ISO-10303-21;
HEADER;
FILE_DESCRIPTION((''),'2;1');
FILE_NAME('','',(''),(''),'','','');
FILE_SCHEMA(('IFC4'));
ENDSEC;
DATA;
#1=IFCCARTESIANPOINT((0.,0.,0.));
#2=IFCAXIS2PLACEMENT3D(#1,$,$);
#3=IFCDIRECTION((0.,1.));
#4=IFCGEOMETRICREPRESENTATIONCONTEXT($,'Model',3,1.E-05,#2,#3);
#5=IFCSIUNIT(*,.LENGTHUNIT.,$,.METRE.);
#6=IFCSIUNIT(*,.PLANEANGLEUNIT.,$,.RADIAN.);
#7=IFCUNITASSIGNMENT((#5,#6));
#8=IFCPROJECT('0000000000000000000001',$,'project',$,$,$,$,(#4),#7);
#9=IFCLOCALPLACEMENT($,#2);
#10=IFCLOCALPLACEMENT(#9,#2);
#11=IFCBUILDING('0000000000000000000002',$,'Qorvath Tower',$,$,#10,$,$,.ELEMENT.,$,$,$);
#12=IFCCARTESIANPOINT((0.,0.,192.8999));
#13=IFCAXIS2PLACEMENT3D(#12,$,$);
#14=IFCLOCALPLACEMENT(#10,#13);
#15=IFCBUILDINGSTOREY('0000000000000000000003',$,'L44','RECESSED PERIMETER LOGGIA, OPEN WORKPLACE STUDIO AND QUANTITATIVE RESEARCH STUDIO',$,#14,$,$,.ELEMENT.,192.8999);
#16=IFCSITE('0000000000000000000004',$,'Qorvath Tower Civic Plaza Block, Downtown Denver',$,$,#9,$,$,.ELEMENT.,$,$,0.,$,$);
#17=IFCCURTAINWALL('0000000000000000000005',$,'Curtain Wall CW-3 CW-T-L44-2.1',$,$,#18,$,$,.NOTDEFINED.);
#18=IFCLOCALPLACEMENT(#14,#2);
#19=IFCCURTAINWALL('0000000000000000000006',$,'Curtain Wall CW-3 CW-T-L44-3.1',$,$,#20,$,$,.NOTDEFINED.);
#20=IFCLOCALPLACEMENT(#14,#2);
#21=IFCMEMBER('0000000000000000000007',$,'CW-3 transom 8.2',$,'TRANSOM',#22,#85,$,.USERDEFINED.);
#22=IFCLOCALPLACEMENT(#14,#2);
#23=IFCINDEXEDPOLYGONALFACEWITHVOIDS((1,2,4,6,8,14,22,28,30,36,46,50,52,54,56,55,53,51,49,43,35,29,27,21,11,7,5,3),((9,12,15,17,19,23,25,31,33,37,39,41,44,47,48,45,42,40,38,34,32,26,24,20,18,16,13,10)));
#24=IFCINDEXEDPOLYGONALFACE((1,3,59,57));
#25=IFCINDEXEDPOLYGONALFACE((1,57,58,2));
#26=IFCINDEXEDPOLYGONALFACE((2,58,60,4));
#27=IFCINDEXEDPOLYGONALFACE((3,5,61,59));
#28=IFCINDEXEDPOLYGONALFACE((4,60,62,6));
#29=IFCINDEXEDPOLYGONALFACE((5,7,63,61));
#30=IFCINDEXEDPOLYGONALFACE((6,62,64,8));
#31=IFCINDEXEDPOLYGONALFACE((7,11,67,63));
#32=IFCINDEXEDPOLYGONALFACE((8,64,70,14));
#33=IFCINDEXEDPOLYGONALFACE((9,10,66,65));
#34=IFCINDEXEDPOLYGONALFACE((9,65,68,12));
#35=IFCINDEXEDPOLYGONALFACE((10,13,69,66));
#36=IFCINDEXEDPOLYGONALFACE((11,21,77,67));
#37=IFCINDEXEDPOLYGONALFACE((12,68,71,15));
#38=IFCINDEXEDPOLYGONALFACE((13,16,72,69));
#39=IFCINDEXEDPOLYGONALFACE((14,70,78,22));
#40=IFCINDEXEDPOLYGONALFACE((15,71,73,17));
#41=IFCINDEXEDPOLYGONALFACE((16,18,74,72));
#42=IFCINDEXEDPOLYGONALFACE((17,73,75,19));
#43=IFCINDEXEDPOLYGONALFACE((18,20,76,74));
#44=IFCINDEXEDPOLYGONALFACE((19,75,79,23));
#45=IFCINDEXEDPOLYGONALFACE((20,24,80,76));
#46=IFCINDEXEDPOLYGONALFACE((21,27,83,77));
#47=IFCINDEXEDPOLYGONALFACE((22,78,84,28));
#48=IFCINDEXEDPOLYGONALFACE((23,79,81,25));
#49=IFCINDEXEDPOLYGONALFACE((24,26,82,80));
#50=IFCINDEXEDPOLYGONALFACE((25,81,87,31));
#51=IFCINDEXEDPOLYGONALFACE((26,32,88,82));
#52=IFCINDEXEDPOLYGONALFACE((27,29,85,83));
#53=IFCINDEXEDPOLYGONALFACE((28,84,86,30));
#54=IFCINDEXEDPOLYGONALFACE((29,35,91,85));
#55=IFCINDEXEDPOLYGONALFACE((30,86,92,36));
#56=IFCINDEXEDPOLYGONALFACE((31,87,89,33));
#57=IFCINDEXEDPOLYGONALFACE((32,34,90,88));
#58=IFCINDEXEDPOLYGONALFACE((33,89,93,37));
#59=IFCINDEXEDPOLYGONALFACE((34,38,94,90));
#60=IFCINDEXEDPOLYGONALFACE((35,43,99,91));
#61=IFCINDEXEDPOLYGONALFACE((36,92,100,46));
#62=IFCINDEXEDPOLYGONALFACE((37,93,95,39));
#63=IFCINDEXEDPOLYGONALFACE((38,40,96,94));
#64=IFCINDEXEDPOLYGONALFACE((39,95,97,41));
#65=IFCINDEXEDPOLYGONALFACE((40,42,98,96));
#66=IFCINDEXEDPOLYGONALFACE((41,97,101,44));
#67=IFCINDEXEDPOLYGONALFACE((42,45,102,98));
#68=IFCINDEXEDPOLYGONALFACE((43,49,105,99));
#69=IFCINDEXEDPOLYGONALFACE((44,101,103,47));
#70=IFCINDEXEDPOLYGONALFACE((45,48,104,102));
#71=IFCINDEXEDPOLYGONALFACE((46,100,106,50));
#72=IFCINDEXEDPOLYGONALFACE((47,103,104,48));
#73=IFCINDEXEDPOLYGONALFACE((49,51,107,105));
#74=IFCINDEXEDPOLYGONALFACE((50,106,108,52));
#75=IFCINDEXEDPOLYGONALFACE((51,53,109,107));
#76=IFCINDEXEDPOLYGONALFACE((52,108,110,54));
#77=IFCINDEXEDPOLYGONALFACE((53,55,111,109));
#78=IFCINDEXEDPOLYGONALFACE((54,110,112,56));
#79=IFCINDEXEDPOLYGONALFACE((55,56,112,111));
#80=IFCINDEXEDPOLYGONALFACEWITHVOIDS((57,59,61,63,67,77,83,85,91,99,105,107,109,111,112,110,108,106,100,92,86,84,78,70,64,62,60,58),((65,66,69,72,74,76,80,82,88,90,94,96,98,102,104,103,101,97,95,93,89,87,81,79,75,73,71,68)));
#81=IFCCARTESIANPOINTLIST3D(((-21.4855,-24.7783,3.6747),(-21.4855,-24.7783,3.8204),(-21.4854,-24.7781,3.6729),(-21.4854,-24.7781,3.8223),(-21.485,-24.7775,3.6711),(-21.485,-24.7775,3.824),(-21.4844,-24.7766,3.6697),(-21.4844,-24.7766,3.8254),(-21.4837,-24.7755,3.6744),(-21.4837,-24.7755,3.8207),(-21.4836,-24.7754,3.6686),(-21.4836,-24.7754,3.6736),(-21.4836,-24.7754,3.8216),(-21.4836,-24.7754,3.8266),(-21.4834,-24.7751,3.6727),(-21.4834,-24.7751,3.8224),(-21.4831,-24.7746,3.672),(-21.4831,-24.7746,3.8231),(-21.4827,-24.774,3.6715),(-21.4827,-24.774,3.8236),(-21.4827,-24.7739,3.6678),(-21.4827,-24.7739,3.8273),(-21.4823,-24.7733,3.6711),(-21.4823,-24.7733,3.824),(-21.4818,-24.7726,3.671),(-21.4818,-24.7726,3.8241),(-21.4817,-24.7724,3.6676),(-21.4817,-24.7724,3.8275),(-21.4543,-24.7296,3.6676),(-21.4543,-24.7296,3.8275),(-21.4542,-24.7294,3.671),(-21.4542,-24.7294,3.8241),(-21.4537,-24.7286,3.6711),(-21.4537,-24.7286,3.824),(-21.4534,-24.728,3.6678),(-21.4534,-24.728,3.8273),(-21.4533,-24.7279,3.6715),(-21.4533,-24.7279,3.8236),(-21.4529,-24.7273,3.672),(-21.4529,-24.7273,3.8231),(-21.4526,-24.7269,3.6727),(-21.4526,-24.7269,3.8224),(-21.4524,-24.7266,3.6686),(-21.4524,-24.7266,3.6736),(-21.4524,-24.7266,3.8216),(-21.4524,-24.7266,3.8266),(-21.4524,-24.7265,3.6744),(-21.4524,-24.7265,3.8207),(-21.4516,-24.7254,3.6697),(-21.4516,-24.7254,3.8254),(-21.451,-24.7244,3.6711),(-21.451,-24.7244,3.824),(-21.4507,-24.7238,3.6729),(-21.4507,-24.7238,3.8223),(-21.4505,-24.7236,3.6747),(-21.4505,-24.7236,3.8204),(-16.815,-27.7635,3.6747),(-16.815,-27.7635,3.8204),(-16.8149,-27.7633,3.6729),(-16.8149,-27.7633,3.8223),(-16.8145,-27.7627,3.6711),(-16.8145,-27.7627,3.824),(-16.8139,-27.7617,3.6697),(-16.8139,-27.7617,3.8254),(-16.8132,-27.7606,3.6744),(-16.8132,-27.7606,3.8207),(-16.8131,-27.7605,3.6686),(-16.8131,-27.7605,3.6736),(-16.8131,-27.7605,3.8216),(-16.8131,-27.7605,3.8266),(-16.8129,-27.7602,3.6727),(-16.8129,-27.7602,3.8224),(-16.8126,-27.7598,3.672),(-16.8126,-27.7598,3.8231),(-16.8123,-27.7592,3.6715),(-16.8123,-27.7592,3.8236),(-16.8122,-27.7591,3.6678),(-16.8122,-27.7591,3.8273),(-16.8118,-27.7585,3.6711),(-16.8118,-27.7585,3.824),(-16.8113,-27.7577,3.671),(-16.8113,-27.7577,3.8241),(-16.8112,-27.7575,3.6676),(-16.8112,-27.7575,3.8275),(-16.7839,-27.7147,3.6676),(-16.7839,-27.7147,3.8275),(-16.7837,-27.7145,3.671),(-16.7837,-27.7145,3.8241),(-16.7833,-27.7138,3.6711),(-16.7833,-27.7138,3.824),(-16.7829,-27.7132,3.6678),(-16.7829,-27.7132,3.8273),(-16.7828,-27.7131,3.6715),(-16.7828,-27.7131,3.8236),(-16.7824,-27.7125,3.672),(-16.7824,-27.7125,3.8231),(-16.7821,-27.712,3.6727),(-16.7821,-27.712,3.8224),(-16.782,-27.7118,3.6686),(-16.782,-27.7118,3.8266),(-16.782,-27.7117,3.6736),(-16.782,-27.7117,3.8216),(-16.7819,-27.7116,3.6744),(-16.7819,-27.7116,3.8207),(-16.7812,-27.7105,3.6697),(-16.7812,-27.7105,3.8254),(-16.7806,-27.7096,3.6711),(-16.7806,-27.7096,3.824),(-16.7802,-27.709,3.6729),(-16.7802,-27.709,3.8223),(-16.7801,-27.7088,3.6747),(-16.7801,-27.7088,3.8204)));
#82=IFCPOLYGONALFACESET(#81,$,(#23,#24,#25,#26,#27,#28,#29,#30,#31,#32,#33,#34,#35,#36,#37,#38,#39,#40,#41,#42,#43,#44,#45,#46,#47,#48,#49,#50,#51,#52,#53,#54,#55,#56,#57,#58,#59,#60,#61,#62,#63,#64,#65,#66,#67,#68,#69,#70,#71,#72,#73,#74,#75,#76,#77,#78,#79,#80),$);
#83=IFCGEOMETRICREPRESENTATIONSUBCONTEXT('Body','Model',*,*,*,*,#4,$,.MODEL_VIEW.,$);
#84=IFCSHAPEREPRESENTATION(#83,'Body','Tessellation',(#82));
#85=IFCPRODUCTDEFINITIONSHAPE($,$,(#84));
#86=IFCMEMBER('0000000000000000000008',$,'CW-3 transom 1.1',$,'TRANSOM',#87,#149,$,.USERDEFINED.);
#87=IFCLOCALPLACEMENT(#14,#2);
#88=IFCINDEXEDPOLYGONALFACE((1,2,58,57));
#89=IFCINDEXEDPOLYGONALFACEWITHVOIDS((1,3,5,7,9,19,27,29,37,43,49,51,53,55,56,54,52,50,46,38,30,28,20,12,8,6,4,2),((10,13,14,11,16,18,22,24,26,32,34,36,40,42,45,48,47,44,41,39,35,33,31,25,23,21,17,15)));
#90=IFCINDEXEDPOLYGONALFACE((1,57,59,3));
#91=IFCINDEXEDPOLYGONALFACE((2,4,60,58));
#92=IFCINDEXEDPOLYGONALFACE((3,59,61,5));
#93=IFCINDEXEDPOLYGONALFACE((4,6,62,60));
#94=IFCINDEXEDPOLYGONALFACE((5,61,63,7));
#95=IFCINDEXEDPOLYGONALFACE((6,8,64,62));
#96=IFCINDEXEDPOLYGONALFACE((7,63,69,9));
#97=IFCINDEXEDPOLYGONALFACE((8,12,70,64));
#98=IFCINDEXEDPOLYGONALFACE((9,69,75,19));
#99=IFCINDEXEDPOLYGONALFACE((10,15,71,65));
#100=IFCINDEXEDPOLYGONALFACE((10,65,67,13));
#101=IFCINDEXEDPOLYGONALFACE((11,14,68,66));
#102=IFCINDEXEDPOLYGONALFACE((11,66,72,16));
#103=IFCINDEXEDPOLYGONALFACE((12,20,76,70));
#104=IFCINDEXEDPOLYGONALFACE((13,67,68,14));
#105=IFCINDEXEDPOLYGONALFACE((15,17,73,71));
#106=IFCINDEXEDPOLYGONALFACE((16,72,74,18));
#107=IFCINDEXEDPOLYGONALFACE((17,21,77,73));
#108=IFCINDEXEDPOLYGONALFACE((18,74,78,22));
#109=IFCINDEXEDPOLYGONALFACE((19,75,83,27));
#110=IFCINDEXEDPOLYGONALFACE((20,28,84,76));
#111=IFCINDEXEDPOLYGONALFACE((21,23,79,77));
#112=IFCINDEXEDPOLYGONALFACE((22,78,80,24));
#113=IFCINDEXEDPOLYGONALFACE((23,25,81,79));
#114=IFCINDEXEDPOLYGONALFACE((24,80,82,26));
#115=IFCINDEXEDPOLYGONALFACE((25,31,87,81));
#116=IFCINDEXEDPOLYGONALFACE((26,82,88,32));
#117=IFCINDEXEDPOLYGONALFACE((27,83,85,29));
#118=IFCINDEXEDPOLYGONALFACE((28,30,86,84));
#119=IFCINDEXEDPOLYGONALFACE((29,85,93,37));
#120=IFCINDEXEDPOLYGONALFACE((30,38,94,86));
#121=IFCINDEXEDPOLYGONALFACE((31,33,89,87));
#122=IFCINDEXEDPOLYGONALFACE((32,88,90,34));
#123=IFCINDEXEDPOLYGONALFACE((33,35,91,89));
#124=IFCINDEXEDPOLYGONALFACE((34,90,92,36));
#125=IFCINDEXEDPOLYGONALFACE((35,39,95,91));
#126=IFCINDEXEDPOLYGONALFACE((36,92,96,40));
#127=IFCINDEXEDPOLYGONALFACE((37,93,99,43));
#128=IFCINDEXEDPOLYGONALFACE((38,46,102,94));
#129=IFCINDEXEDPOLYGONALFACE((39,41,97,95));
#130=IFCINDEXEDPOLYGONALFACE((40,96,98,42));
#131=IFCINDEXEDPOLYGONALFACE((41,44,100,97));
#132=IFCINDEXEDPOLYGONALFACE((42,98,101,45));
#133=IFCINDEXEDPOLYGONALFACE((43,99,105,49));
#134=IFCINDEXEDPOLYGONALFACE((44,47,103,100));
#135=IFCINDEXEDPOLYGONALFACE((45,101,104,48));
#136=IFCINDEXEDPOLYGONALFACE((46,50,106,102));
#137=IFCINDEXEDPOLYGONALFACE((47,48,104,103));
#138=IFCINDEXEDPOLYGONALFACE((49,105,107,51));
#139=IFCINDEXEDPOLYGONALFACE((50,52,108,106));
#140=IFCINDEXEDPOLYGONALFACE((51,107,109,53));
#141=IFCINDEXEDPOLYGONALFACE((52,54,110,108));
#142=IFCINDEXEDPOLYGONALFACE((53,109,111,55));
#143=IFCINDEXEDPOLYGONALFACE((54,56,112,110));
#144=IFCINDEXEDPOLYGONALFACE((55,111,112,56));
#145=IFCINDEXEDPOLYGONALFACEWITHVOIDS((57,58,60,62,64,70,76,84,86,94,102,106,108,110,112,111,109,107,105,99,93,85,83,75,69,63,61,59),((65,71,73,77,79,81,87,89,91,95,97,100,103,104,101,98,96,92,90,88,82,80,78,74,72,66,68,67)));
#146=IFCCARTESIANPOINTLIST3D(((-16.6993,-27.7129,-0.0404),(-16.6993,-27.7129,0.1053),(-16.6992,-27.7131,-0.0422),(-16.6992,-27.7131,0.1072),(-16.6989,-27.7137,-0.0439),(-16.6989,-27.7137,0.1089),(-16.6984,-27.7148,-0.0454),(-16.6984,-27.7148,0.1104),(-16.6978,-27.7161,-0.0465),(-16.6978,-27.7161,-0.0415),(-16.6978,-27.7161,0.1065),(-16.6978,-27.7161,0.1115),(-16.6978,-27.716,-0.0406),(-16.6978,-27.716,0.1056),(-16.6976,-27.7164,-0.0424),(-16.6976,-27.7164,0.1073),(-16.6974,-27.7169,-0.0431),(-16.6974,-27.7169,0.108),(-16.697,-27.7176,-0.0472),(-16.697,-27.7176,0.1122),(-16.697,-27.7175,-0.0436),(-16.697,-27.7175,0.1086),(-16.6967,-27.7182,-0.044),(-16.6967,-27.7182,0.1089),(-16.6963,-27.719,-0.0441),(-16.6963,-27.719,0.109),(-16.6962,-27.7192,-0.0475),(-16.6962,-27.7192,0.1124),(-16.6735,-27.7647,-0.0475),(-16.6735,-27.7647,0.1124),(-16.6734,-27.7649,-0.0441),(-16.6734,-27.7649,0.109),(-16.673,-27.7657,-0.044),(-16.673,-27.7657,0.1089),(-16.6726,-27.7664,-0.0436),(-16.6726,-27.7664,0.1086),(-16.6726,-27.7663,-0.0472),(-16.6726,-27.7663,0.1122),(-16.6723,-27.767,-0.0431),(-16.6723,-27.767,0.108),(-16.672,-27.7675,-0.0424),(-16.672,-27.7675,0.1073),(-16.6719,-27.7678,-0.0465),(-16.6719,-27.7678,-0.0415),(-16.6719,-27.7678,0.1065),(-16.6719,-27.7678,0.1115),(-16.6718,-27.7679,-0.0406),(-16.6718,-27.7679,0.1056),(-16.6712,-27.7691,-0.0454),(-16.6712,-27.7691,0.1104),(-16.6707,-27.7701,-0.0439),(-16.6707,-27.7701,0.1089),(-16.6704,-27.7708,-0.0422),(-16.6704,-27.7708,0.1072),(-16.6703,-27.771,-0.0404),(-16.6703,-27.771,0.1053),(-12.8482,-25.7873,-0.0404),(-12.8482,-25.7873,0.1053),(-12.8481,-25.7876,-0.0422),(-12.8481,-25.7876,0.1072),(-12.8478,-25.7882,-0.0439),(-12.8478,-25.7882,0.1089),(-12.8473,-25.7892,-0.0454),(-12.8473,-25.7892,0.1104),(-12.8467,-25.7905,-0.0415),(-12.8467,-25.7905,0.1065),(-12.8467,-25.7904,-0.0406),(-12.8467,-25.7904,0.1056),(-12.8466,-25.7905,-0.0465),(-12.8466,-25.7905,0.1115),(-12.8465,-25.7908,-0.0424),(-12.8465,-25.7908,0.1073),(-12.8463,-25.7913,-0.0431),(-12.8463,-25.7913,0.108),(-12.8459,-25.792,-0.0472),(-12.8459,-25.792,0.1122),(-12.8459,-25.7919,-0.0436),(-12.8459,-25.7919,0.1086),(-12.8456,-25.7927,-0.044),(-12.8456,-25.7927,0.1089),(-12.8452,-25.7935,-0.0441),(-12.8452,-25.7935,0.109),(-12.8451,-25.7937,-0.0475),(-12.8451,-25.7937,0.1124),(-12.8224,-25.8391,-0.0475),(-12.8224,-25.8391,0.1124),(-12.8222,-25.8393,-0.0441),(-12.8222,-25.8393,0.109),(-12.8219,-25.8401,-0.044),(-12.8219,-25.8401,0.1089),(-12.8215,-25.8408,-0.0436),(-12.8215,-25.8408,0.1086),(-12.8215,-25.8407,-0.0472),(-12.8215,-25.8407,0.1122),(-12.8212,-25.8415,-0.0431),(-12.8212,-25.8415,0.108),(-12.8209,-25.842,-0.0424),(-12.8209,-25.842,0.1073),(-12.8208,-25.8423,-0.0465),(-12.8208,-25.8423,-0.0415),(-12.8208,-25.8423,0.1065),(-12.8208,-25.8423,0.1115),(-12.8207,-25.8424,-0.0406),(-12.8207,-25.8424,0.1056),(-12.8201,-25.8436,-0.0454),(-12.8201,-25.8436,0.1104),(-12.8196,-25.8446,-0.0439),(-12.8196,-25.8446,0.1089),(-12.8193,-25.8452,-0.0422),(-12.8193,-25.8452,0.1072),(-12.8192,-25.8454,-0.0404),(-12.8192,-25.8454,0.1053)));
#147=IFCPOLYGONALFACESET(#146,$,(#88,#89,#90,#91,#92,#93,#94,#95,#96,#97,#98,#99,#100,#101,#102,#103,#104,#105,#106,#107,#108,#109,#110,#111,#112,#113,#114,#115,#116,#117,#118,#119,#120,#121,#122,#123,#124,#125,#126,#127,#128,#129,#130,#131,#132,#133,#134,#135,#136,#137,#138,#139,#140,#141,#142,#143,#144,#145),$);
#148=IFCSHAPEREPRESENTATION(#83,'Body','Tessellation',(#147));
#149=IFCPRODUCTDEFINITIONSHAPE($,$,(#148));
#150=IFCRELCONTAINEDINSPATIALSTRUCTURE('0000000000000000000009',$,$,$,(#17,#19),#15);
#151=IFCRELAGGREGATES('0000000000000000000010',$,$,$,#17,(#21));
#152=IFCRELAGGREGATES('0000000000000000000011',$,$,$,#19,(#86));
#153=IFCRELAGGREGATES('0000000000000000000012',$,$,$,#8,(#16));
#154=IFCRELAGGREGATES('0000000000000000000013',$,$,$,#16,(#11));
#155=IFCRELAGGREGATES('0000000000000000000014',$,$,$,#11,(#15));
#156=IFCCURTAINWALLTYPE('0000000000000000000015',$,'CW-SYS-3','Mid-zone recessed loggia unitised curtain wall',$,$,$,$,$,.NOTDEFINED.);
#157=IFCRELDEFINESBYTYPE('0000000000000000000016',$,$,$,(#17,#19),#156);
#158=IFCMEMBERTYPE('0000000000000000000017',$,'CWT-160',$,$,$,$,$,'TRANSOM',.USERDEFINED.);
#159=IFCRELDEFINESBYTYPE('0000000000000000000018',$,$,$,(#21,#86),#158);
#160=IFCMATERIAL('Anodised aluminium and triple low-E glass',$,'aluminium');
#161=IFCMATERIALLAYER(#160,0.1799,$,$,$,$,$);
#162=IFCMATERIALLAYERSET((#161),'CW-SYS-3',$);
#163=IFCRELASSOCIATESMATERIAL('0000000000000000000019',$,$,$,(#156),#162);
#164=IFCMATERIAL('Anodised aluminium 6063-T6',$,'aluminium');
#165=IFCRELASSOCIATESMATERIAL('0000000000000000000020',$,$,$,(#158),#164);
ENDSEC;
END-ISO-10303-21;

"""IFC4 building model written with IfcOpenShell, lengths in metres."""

from ifc_helpers import new_model, si_unit, direction, frame, origin, origin_2d, place, context, subcontext, project, spatial, hollow_rectangle, extrude, material, layer, layer_set, material_profile, profile_set, type_object, element, aggregate, save


model = new_model("IFC4")

# Units and contexts
model_context = context("Model", 3, precision=1e-05, world=origin(), true_north=direction((0.0, 1.0)))
body_context = subcontext(model_context, "Body", "Model", "MODEL_VIEW")
ifc_project = project(units=[si_unit("LENGTHUNIT", "METRE"), si_unit("PLANEANGLEUNIT", "RADIAN")], contexts=[model_context])

# Site, building, storey
site_placement = place(None, origin())
site = spatial("IfcSite", under=ifc_project, at=site_placement, Name="Qorvath Tower Civic Plaza Block, Downtown Denver", CompositionType="ELEMENT", RefElevation=0.0)
building_placement = place(site_placement, origin())
building = spatial("IfcBuilding", under=site, at=building_placement, Name="Qorvath Tower", CompositionType="ELEMENT")
storey_placement = place(building_placement, frame((0.0, 0.0, 192.8999)))
storey = spatial("IfcBuildingStorey", under=building, at=storey_placement, Name="L44", Description="RECESSED PERIMETER LOGGIA, OPEN WORKPLACE STUDIO AND QUANTITATIVE RESEARCH STUDIO", CompositionType="ELEMENT", Elevation=192.8999)

# Curtain walls
ifc_material_1 = material(Name="Anodised aluminium and triple low-E glass", Category="aluminium")
ifc_layer_1 = layer(ifc_material_1, 0.1799)
ifc_layer_set_1 = layer_set([ifc_layer_1], Name="CW-SYS-3")
curtain_wall_type = type_object("IfcCurtainWallType", Name="CW-SYS-3", Description="Mid-zone recessed loggia unitised curtain wall", PredefinedType="NOTDEFINED", material=ifc_layer_set_1)
curtain_wall_1_placement = place(storey_placement, origin())
curtain_wall_1 = element("IfcCurtainWall", 1, at=curtain_wall_1_placement, inside=storey, type_object=curtain_wall_type, Name="Curtain Wall CW-3 CW-T-L44-2.1", PredefinedType="NOTDEFINED")
curtain_wall_2_placement = place(storey_placement, origin())
curtain_wall_2 = element("IfcCurtainWall", 2, at=curtain_wall_2_placement, inside=storey, type_object=curtain_wall_type, Name="Curtain Wall CW-3 CW-T-L44-3.1", PredefinedType="NOTDEFINED")

# Members
ifc_material_2 = material(Name="Anodised aluminium 6063-T6", Category="aluminium")
ifc_material_profile_1 = material_profile(ifc_material_2, hollow_rectangle(XDim=0.0649, YDim=0.1599, WallThickness=0.0034, InnerFilletRadius=0.0034, OuterFilletRadius=0.0071, at=origin_2d()), Name="CWT 160x65")
ifc_profile_set_1 = profile_set([ifc_material_profile_1], Name="Anodised aluminium 6063-T6")
member_type_1 = type_object("IfcMemberType", Name="CWT-160", ElementType="TRANSOM", PredefinedType="USERDEFINED", material=ifc_profile_set_1)
member_1_placement = place(storey_placement, frame((-21.468, -24.751, 3.7476), z_axis=(0.842595, -0.538547, 0.0), x_axis=(0.538547, 0.842595, 0.0)))
member_1 = element("IfcMember", 3, at=member_1_placement, type_object=member_type_1, Name="CW-3 transom 8.2", ObjectType="TRANSOM", PredefinedType="USERDEFINED", context=body_context, shape_type="SweptSolid", body=[
    extrude(hollow_rectangle(XDim=0.0649, YDim=0.1599, WallThickness=0.0034, InnerFilletRadius=0.0034, OuterFilletRadius=0.0071, at=origin_2d()), origin(), (0.0, 0.0, 1.0), 5.543),
])
member_2_placement = place(storey_placement, frame((-16.6848, -27.7419, 0.0325), z_axis=(0.894427, 0.447214, 0.0), x_axis=(-0.447214, 0.894427, 0.0)))
member_2 = element("IfcMember", 4, at=member_2_placement, type_object=member_type_1, Name="CW-3 transom 1.1", ObjectType="TRANSOM", PredefinedType="USERDEFINED", context=body_context, shape_type="SweptSolid", body=[
    extrude(hollow_rectangle(XDim=0.0649, YDim=0.1599, WallThickness=0.0034, InnerFilletRadius=0.0034, OuterFilletRadius=0.0071, at=origin_2d()), origin(), (0.0, 0.0, 1.0), 4.3057),
])

aggregate(curtain_wall_1, [member_1])
aggregate(curtain_wall_2, [member_2])

save(model, "model.ifc")
